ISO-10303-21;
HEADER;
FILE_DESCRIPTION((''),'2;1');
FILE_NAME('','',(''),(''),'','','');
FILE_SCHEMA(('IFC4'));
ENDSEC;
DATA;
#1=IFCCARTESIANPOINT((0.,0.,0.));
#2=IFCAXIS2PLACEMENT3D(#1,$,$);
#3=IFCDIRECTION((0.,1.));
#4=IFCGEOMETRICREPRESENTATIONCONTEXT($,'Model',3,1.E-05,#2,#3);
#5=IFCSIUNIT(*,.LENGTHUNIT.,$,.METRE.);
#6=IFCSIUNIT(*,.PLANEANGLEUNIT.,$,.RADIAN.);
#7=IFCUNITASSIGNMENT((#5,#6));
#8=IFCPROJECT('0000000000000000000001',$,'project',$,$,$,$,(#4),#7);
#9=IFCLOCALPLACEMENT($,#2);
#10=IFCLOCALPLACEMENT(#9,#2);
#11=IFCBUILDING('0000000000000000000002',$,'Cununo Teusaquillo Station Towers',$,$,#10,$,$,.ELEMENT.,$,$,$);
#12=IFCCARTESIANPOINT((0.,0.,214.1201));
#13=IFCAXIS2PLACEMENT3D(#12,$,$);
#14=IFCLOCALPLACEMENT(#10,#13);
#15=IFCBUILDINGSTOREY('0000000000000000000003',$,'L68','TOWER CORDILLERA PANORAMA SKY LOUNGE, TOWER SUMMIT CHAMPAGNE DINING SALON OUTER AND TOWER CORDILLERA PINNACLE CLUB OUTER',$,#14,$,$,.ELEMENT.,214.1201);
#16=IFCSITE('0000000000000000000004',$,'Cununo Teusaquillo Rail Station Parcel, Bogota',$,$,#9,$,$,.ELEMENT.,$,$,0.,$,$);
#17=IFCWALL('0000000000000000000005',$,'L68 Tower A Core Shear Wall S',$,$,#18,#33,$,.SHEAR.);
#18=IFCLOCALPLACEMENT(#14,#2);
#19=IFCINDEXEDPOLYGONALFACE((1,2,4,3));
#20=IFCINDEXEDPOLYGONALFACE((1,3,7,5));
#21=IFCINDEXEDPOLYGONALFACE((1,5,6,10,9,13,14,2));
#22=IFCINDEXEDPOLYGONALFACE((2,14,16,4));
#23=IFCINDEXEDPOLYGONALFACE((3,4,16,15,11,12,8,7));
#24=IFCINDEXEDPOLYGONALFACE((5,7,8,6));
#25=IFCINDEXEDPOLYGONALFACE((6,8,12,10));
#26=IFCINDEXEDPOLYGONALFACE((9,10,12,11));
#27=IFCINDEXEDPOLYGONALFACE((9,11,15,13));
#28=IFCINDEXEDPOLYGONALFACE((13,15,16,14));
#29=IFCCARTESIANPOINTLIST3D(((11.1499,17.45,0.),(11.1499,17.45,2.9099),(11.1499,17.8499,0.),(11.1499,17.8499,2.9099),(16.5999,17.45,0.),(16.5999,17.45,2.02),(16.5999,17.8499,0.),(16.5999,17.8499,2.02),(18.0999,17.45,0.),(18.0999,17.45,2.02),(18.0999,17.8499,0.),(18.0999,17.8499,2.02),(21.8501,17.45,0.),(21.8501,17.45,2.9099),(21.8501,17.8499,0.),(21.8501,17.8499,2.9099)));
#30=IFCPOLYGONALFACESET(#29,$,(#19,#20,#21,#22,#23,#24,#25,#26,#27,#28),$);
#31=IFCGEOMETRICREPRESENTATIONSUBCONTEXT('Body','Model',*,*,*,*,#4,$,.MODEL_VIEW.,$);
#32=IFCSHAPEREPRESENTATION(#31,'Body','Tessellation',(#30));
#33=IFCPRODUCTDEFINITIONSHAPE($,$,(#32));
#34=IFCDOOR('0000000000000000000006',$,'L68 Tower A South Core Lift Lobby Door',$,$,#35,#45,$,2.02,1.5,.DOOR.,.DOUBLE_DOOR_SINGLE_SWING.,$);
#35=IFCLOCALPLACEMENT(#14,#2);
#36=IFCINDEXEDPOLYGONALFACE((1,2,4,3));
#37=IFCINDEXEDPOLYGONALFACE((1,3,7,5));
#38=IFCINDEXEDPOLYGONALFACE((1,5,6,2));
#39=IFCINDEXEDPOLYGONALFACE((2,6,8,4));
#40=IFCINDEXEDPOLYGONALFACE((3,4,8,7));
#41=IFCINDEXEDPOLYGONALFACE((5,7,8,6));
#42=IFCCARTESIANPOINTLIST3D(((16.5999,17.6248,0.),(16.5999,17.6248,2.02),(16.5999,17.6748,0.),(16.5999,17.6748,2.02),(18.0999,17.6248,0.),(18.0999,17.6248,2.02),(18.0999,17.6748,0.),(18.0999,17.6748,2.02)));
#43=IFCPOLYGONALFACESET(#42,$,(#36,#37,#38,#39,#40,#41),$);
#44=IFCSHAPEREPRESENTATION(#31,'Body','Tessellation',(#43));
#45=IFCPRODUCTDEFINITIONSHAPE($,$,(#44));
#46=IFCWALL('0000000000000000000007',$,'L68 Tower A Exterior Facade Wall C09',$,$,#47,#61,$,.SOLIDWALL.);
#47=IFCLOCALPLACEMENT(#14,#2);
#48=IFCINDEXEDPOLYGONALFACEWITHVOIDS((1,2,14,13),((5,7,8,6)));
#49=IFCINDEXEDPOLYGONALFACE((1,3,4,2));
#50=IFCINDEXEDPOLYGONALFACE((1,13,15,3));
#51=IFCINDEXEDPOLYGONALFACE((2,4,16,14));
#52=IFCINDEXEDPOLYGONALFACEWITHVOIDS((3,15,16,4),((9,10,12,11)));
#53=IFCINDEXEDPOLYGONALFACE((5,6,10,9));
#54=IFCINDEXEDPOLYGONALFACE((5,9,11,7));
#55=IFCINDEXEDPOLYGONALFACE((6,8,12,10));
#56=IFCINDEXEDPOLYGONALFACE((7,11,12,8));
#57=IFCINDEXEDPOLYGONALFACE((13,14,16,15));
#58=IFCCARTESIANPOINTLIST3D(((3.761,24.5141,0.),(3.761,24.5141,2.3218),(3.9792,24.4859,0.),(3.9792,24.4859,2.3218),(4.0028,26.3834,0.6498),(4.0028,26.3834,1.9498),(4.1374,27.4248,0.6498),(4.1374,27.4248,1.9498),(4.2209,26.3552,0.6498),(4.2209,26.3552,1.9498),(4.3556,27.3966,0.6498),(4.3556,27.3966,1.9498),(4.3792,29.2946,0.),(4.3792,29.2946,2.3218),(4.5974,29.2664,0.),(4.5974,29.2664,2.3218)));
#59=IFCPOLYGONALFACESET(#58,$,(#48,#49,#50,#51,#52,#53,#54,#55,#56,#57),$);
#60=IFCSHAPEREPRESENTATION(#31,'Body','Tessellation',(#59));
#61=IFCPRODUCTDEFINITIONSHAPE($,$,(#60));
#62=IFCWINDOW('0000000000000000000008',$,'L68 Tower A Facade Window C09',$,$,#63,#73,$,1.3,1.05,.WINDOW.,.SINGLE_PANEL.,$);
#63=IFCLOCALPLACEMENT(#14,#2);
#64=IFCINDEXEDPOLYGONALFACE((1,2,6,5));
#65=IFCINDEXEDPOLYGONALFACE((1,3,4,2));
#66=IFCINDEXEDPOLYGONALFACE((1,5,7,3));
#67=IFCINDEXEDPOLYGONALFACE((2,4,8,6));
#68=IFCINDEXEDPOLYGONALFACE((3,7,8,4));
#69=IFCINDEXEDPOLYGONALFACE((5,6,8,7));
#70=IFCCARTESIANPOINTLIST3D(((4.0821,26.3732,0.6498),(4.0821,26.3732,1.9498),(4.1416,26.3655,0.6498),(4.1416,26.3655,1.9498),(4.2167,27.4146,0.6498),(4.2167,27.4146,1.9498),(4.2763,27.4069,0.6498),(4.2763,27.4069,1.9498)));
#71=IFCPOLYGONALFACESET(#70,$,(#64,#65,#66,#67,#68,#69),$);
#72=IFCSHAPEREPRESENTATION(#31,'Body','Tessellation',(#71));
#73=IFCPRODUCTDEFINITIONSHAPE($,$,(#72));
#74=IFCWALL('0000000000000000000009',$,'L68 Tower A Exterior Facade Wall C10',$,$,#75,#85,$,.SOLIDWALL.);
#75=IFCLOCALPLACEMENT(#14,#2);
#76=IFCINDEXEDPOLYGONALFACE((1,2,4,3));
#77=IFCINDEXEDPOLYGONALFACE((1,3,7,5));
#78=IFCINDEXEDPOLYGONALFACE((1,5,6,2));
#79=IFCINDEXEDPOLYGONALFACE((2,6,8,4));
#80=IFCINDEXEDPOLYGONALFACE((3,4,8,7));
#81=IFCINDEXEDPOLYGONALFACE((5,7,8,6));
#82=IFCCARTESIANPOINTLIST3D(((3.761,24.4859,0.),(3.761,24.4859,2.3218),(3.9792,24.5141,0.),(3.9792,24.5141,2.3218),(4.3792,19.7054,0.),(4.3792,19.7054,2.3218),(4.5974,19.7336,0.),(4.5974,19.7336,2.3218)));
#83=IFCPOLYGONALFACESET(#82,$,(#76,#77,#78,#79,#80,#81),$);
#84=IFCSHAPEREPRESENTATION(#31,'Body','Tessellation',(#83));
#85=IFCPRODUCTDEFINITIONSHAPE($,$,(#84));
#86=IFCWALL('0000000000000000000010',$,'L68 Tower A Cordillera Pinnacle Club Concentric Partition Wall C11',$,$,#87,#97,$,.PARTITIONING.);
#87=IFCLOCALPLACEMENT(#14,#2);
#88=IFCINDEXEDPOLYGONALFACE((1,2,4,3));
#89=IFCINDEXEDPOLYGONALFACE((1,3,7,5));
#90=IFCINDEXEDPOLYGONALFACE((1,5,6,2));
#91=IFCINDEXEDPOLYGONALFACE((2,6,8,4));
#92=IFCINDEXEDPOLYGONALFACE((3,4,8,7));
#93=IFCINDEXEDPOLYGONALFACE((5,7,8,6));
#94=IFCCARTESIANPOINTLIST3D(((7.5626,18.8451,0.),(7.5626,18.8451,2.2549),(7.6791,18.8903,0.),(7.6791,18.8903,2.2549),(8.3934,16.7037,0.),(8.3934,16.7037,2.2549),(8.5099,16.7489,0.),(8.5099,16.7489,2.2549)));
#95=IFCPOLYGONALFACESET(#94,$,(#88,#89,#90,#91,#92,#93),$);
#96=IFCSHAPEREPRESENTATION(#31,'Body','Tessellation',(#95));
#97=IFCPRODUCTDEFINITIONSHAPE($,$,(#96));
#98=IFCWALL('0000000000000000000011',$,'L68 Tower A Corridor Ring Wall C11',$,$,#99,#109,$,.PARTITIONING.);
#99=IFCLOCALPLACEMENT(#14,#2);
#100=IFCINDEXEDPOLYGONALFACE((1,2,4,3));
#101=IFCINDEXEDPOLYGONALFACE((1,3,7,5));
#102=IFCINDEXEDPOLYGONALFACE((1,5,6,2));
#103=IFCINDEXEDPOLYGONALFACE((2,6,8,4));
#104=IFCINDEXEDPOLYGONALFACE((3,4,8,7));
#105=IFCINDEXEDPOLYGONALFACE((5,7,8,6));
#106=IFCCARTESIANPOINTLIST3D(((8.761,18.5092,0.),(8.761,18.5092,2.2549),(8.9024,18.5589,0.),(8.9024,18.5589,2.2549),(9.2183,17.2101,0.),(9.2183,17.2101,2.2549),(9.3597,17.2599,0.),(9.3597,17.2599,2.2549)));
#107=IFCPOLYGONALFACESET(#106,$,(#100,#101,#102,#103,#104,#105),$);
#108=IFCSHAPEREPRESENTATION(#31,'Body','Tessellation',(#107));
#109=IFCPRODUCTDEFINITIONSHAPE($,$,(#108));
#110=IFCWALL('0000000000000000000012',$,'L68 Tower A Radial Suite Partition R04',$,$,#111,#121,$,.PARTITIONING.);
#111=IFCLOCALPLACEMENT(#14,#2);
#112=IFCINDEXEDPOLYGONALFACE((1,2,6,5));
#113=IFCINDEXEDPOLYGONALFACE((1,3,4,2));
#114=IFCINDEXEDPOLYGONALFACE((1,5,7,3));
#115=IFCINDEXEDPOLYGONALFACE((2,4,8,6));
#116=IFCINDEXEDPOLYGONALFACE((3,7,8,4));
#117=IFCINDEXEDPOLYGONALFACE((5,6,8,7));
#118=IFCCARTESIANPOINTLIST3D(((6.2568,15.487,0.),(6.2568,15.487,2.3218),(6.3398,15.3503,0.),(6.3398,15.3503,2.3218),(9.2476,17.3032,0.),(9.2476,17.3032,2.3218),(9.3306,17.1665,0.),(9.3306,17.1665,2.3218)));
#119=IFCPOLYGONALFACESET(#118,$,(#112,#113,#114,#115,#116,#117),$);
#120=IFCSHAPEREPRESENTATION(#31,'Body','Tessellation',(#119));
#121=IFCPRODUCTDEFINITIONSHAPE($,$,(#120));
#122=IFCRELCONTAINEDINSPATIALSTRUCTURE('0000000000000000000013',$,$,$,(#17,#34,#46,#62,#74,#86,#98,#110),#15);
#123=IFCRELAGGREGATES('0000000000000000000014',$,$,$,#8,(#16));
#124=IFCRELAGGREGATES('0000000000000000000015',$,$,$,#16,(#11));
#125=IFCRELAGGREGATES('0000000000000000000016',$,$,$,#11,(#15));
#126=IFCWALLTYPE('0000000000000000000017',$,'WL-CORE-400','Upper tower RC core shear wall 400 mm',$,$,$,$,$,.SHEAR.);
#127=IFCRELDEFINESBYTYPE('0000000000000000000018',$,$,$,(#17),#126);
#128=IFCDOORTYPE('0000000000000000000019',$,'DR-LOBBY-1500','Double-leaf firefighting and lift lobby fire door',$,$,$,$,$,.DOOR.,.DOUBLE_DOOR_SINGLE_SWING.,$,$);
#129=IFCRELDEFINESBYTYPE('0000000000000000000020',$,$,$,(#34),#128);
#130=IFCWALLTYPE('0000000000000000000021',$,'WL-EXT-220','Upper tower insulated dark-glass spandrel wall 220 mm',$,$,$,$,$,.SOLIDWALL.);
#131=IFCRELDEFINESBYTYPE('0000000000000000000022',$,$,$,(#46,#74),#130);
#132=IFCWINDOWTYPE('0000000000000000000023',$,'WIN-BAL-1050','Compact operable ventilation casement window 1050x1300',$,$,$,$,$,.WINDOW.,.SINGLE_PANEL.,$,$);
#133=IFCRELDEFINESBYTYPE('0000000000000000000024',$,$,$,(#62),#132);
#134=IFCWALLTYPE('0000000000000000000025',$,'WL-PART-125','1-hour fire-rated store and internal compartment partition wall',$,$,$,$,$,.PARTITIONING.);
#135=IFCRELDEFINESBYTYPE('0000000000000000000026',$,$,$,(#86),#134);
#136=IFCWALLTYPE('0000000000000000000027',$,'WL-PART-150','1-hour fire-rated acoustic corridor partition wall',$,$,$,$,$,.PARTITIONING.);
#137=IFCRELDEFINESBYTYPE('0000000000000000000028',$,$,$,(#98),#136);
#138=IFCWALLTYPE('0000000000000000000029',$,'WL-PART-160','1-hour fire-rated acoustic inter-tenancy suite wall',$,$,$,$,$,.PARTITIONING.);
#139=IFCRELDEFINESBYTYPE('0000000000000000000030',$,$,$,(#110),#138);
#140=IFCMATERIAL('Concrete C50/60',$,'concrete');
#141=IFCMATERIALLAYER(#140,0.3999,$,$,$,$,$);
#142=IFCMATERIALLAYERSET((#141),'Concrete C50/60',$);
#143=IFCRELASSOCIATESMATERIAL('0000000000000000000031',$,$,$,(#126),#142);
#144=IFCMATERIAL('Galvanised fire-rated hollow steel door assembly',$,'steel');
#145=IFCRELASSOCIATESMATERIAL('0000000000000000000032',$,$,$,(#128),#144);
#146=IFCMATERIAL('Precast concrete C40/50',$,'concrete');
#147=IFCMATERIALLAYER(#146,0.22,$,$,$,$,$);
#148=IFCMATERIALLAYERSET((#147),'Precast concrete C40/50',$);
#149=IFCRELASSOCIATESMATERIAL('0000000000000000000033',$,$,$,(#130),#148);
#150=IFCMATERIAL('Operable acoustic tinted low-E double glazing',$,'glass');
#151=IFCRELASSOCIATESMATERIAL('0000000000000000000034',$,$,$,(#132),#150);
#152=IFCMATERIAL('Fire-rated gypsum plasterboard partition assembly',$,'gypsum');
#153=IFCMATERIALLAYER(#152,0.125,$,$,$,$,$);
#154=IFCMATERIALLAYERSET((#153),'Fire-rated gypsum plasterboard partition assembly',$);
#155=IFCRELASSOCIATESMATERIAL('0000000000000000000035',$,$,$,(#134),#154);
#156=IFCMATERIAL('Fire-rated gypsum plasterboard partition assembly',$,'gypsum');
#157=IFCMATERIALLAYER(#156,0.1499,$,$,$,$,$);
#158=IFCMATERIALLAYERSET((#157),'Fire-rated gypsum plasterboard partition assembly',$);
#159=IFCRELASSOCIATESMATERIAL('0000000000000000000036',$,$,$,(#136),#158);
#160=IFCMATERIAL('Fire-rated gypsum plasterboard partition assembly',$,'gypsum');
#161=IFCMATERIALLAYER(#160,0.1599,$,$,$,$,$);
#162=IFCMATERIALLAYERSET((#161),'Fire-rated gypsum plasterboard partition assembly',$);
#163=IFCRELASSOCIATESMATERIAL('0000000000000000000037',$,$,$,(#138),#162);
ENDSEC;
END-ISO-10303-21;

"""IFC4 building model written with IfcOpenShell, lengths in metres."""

from ifc_helpers import new_model, si_unit, direction, frame, frame_2d, origin, place, context, subcontext, project, spatial, rectangle, extrude, source, transform, mapped, material, layer, layer_set, type_object, element, fill, save


model = new_model("IFC4")

# Units and contexts
model_context = context("Model", 3, precision=1e-05, world=origin(), true_north=direction((0.0, 1.0)))
body_context = subcontext(model_context, "Body", "Model", "MODEL_VIEW")
ifc_project = project(units=[si_unit("LENGTHUNIT", "METRE"), si_unit("PLANEANGLEUNIT", "RADIAN")], contexts=[model_context])

# Site, building, storey
site_placement = place(None, origin())
site = spatial("IfcSite", under=ifc_project, at=site_placement, Name="Cununo Teusaquillo Rail Station Parcel, Bogota", CompositionType="ELEMENT", RefElevation=0.0)
building_placement = place(site_placement, origin())
building = spatial("IfcBuilding", under=site, at=building_placement, Name="Cununo Teusaquillo Station Towers", CompositionType="ELEMENT")
storey_placement = place(building_placement, frame((0.0, 0.0, 214.1201)))
storey = spatial("IfcBuildingStorey", under=building, at=storey_placement, Name="L68", Description="TOWER CORDILLERA PANORAMA SKY LOUNGE, TOWER SUMMIT CHAMPAGNE DINING SALON OUTER AND TOWER CORDILLERA PINNACLE CLUB OUTER", CompositionType="ELEMENT", Elevation=214.1201)

# Shared definitions
ifc_material_1 = material(Name="Concrete C50/60", Category="concrete")
ifc_layer_1 = layer(ifc_material_1, 0.3999)
ifc_layer_set_1 = layer_set([ifc_layer_1], Name="Concrete C50/60")
wall_type_1 = type_object("IfcWallType", Name="WL-CORE-400", Description="Upper tower RC core shear wall 400 mm", PredefinedType="SHEAR", material=ifc_layer_set_1)

# Wall, opening, door
wall_1_placement = place(storey_placement, frame((11.1499, 17.6499, 0.0), z_axis=(0.0, 0.0, 1.0), x_axis=(1.0, 0.0, 0.0)))
wall_1 = element("IfcWall", 1, at=wall_1_placement, inside=storey, type_object=wall_type_1, Name="L68 Tower A Core Shear Wall S", PredefinedType="SHEAR", context=body_context, shape_type="SweptSolid", body=[
    extrude(rectangle(XDim=10.7002, YDim=0.3999, at=frame_2d((5.3501, 0.0))), origin(), (0.0, 0.0, 1.0), 2.9099),
])
shared_shape_1 = source(origin(), body_context, "Body", "SweptSolid", [
    extrude(rectangle(XDim=1.5, YDim=2.02, at=frame_2d((0.75, 1.01))), frame((0.0, 0.21, 0.0), z_axis=(0.0, -1.0, 0.0), x_axis=(1.0, 0.0, 0.0)), (0.0, 0.0, 1.0), 0.4199),
])
opening_1_placement = place(wall_1_placement, frame((5.45, 0.0, 0.0)))
opening_1 = element("IfcOpeningElement", 2, at=opening_1_placement, cuts=wall_1, PredefinedType="OPENING", context=body_context, shape_type="MappedRepresentation", body=[
    mapped(shared_shape_1, transform((0.0, 0.0, 0.0), x_axis=(1.0, 0.0, 0.0), y_axis=(0.0, 1.0, 0.0), z_axis=(0.0, 0.0, 1.0), scale=1.0)),
])
ifc_material_2 = material(Name="Galvanised fire-rated hollow steel door assembly", Category="steel")
door_type = type_object("IfcDoorType", Name="DR-LOBBY-1500", Description="Double-leaf firefighting and lift lobby fire door", OperationType="DOUBLE_DOOR_SINGLE_SWING", PredefinedType="DOOR", material=ifc_material_2)
shared_shape_2 = source(origin(), body_context, "Body", "SweptSolid", [
    extrude(rectangle(XDim=1.5, YDim=2.02, at=frame_2d((0.75, 1.01))), frame((0.0, 0.0249, 0.0), z_axis=(0.0, -1.0, 0.0), x_axis=(1.0, 0.0, 0.0)), (0.0, 0.0, 1.0), 0.05),
])
door_placement = place(opening_1_placement, origin())
door = element("IfcDoor", 3, at=door_placement, inside=storey, type_object=door_type, Name="L68 Tower A South Core Lift Lobby Door", OperationType="DOUBLE_DOOR_SINGLE_SWING", OverallHeight=2.02, OverallWidth=1.5, PredefinedType="DOOR", context=body_context, shape_type="MappedRepresentation", body=[
    mapped(shared_shape_2, transform((0.0, 0.0, 0.0), x_axis=(1.0, 0.0, 0.0), y_axis=(0.0, 1.0, 0.0), z_axis=(0.0, 0.0, 1.0), scale=1.0)),
])
fill(opening_1, door)

# Wall, opening, window
ifc_material_3 = material(Name="Precast concrete C40/50", Category="concrete")
ifc_layer_2 = layer(ifc_material_3, 0.22)
ifc_layer_set_2 = layer_set([ifc_layer_2], Name="Precast concrete C40/50")
wall_type_2 = type_object("IfcWallType", Name="WL-EXT-220", Description="Upper tower insulated dark-glass spandrel wall 220 mm", PredefinedType="SOLIDWALL", material=ifc_layer_set_2)
wall_2_placement = place(storey_placement, frame((3.8701, 24.5, 0.0), z_axis=(0.0, 0.0, 1.0), x_axis=(0.128241, 0.991743, 0.0)))
wall_2 = element("IfcWall", 4, at=wall_2_placement, inside=storey, type_object=wall_type_2, Name="L68 Tower A Exterior Facade Wall C09", PredefinedType="SOLIDWALL", context=body_context, shape_type="SweptSolid", body=[
    extrude(rectangle(XDim=4.8203, YDim=0.22, at=frame_2d((2.4102, 0.0))), origin(), (0.0, 0.0, 1.0), 2.3218),
])
shared_shape_3 = source(origin(), body_context, "Body", "SweptSolid", [
    extrude(rectangle(XDim=1.05, YDim=1.3, at=frame_2d((0.5249, 0.6499))), frame((0.0, 0.1199, 0.0), z_axis=(0.0, -1.0, 0.0), x_axis=(1.0, 0.0, 0.0)), (0.0, 0.0, 1.0), 0.24),
])
opening_2_placement = place(wall_2_placement, frame((1.885, 0.0, 0.6499)))
opening_2 = element("IfcOpeningElement", 5, at=opening_2_placement, cuts=wall_2, PredefinedType="OPENING", context=body_context, shape_type="MappedRepresentation", body=[
    mapped(shared_shape_3, transform((0.0, 0.0, 0.0), x_axis=(1.0, 0.0, 0.0), y_axis=(0.0, 1.0, 0.0), z_axis=(0.0, 0.0, 1.0), scale=1.0)),
])
ifc_material_4 = material(Name="Operable acoustic tinted low-E double glazing", Category="glass")
window_type = type_object("IfcWindowType", Name="WIN-BAL-1050", Description="Compact operable ventilation casement window 1050x1300", PartitioningType="SINGLE_PANEL", PredefinedType="WINDOW", material=ifc_material_4)
shared_shape_4 = source(origin(), body_context, "Body", "SweptSolid", [
    extrude(rectangle(XDim=1.05, YDim=1.3, at=frame_2d((0.5249, 0.6499))), frame((0.0, 0.03, 0.0), z_axis=(0.0, -1.0, 0.0), x_axis=(1.0, 0.0, 0.0)), (0.0, 0.0, 1.0), 0.0601),
])
window_placement = place(opening_2_placement, origin())
window = element("IfcWindow", 6, at=window_placement, inside=storey, type_object=window_type, Name="L68 Tower A Facade Window C09", OverallHeight=1.3, OverallWidth=1.05, PartitioningType="SINGLE_PANEL", PredefinedType="WINDOW", context=body_context, shape_type="MappedRepresentation", body=[
    mapped(shared_shape_4, transform((0.0, 0.0, 0.0), x_axis=(1.0, 0.0, 0.0), y_axis=(0.0, 1.0, 0.0), z_axis=(0.0, 0.0, 1.0), scale=1.0)),
])
fill(opening_2, window)

# Walls
wall_3_placement = place(storey_placement, frame((4.4883, 19.7195, 0.0), z_axis=(0.0, 0.0, 1.0), x_axis=(-0.128241, 0.991743, 0.0)))
element("IfcWall", 7, at=wall_3_placement, inside=storey, type_object=wall_type_2, Name="L68 Tower A Exterior Facade Wall C10", PredefinedType="SOLIDWALL", context=body_context, shape_type="SweptSolid", body=[
    extrude(rectangle(XDim=4.8203, YDim=0.22, at=frame_2d((2.4102, 0.0))), origin(), (0.0, 0.0, 1.0), 2.3218),
])
ifc_material_5 = material(Name="Fire-rated gypsum plasterboard partition assembly", Category="gypsum")
ifc_layer_3 = layer(ifc_material_5, 0.125)
ifc_layer_set_3 = layer_set([ifc_layer_3], Name="Fire-rated gypsum plasterboard partition assembly")
wall_type_3 = type_object("IfcWallType", Name="WL-PART-125", Description="1-hour fire-rated store and internal compartment partition wall", PredefinedType="PARTITIONING", material=ifc_layer_set_3)
wall_4_placement = place(storey_placement, frame((7.6208, 18.8677, 0.0), z_axis=(0.0, 0.0, 1.0), x_axis=(0.361713, -0.93229, 0.0)))
element("IfcWall", 8, at=wall_4_placement, inside=storey, type_object=wall_type_3, Name="L68 Tower A Cordillera Pinnacle Club Concentric Partition Wall C11", PredefinedType="PARTITIONING", context=body_context, shape_type="SweptSolid", body=[
    extrude(rectangle(XDim=2.2969, YDim=0.125, at=frame_2d((1.1484, 0.0))), origin(), (0.0, 0.0, 1.0), 2.2549),
])
ifc_material_6 = material(Name="Fire-rated gypsum plasterboard partition assembly", Category="gypsum")
ifc_layer_4 = layer(ifc_material_6, 0.1499)
ifc_layer_set_4 = layer_set([ifc_layer_4], Name="Fire-rated gypsum plasterboard partition assembly")
wall_type_4 = type_object("IfcWallType", Name="WL-PART-150", Description="1-hour fire-rated acoustic corridor partition wall", PredefinedType="PARTITIONING", material=ifc_layer_set_4)
wall_5_placement = place(storey_placement, frame((8.8318, 18.5339, 0.0), z_axis=(0.0, 0.0, 1.0), x_axis=(0.332032, -0.943268, 0.0)))
element("IfcWall", 9, at=wall_5_placement, inside=storey, type_object=wall_type_4, Name="L68 Tower A Corridor Ring Wall C11", PredefinedType="PARTITIONING", context=body_context, shape_type="SweptSolid", body=[
    extrude(rectangle(XDim=1.3772, YDim=0.1499, at=frame_2d((0.6885, 0.0))), origin(), (0.0, 0.0, 1.0), 2.2549),
])
ifc_material_7 = material(Name="Fire-rated gypsum plasterboard partition assembly", Category="gypsum")
ifc_layer_5 = layer(ifc_material_7, 0.1599)
ifc_layer_set_5 = layer_set([ifc_layer_5], Name="Fire-rated gypsum plasterboard partition assembly")
wall_type_5 = type_object("IfcWallType", Name="WL-PART-160", Description="1-hour fire-rated acoustic inter-tenancy suite wall", PredefinedType="PARTITIONING", material=ifc_layer_set_5)
wall_6_placement = place(storey_placement, frame((9.2891, 17.2349, 0.0), z_axis=(0.0, 0.0, 1.0), x_axis=(-0.854741, -0.519055, 0.0)))
element("IfcWall", 10, at=wall_6_placement, inside=storey, type_object=wall_type_5, Name="L68 Tower A Radial Suite Partition R04", PredefinedType="PARTITIONING", context=body_context, shape_type="SweptSolid", body=[
    extrude(rectangle(XDim=3.499, YDim=0.1599, at=frame_2d((1.7495, 0.0))), origin(), (0.0, 0.0, 1.0), 2.3218),
])

save(model, "model.ifc")
